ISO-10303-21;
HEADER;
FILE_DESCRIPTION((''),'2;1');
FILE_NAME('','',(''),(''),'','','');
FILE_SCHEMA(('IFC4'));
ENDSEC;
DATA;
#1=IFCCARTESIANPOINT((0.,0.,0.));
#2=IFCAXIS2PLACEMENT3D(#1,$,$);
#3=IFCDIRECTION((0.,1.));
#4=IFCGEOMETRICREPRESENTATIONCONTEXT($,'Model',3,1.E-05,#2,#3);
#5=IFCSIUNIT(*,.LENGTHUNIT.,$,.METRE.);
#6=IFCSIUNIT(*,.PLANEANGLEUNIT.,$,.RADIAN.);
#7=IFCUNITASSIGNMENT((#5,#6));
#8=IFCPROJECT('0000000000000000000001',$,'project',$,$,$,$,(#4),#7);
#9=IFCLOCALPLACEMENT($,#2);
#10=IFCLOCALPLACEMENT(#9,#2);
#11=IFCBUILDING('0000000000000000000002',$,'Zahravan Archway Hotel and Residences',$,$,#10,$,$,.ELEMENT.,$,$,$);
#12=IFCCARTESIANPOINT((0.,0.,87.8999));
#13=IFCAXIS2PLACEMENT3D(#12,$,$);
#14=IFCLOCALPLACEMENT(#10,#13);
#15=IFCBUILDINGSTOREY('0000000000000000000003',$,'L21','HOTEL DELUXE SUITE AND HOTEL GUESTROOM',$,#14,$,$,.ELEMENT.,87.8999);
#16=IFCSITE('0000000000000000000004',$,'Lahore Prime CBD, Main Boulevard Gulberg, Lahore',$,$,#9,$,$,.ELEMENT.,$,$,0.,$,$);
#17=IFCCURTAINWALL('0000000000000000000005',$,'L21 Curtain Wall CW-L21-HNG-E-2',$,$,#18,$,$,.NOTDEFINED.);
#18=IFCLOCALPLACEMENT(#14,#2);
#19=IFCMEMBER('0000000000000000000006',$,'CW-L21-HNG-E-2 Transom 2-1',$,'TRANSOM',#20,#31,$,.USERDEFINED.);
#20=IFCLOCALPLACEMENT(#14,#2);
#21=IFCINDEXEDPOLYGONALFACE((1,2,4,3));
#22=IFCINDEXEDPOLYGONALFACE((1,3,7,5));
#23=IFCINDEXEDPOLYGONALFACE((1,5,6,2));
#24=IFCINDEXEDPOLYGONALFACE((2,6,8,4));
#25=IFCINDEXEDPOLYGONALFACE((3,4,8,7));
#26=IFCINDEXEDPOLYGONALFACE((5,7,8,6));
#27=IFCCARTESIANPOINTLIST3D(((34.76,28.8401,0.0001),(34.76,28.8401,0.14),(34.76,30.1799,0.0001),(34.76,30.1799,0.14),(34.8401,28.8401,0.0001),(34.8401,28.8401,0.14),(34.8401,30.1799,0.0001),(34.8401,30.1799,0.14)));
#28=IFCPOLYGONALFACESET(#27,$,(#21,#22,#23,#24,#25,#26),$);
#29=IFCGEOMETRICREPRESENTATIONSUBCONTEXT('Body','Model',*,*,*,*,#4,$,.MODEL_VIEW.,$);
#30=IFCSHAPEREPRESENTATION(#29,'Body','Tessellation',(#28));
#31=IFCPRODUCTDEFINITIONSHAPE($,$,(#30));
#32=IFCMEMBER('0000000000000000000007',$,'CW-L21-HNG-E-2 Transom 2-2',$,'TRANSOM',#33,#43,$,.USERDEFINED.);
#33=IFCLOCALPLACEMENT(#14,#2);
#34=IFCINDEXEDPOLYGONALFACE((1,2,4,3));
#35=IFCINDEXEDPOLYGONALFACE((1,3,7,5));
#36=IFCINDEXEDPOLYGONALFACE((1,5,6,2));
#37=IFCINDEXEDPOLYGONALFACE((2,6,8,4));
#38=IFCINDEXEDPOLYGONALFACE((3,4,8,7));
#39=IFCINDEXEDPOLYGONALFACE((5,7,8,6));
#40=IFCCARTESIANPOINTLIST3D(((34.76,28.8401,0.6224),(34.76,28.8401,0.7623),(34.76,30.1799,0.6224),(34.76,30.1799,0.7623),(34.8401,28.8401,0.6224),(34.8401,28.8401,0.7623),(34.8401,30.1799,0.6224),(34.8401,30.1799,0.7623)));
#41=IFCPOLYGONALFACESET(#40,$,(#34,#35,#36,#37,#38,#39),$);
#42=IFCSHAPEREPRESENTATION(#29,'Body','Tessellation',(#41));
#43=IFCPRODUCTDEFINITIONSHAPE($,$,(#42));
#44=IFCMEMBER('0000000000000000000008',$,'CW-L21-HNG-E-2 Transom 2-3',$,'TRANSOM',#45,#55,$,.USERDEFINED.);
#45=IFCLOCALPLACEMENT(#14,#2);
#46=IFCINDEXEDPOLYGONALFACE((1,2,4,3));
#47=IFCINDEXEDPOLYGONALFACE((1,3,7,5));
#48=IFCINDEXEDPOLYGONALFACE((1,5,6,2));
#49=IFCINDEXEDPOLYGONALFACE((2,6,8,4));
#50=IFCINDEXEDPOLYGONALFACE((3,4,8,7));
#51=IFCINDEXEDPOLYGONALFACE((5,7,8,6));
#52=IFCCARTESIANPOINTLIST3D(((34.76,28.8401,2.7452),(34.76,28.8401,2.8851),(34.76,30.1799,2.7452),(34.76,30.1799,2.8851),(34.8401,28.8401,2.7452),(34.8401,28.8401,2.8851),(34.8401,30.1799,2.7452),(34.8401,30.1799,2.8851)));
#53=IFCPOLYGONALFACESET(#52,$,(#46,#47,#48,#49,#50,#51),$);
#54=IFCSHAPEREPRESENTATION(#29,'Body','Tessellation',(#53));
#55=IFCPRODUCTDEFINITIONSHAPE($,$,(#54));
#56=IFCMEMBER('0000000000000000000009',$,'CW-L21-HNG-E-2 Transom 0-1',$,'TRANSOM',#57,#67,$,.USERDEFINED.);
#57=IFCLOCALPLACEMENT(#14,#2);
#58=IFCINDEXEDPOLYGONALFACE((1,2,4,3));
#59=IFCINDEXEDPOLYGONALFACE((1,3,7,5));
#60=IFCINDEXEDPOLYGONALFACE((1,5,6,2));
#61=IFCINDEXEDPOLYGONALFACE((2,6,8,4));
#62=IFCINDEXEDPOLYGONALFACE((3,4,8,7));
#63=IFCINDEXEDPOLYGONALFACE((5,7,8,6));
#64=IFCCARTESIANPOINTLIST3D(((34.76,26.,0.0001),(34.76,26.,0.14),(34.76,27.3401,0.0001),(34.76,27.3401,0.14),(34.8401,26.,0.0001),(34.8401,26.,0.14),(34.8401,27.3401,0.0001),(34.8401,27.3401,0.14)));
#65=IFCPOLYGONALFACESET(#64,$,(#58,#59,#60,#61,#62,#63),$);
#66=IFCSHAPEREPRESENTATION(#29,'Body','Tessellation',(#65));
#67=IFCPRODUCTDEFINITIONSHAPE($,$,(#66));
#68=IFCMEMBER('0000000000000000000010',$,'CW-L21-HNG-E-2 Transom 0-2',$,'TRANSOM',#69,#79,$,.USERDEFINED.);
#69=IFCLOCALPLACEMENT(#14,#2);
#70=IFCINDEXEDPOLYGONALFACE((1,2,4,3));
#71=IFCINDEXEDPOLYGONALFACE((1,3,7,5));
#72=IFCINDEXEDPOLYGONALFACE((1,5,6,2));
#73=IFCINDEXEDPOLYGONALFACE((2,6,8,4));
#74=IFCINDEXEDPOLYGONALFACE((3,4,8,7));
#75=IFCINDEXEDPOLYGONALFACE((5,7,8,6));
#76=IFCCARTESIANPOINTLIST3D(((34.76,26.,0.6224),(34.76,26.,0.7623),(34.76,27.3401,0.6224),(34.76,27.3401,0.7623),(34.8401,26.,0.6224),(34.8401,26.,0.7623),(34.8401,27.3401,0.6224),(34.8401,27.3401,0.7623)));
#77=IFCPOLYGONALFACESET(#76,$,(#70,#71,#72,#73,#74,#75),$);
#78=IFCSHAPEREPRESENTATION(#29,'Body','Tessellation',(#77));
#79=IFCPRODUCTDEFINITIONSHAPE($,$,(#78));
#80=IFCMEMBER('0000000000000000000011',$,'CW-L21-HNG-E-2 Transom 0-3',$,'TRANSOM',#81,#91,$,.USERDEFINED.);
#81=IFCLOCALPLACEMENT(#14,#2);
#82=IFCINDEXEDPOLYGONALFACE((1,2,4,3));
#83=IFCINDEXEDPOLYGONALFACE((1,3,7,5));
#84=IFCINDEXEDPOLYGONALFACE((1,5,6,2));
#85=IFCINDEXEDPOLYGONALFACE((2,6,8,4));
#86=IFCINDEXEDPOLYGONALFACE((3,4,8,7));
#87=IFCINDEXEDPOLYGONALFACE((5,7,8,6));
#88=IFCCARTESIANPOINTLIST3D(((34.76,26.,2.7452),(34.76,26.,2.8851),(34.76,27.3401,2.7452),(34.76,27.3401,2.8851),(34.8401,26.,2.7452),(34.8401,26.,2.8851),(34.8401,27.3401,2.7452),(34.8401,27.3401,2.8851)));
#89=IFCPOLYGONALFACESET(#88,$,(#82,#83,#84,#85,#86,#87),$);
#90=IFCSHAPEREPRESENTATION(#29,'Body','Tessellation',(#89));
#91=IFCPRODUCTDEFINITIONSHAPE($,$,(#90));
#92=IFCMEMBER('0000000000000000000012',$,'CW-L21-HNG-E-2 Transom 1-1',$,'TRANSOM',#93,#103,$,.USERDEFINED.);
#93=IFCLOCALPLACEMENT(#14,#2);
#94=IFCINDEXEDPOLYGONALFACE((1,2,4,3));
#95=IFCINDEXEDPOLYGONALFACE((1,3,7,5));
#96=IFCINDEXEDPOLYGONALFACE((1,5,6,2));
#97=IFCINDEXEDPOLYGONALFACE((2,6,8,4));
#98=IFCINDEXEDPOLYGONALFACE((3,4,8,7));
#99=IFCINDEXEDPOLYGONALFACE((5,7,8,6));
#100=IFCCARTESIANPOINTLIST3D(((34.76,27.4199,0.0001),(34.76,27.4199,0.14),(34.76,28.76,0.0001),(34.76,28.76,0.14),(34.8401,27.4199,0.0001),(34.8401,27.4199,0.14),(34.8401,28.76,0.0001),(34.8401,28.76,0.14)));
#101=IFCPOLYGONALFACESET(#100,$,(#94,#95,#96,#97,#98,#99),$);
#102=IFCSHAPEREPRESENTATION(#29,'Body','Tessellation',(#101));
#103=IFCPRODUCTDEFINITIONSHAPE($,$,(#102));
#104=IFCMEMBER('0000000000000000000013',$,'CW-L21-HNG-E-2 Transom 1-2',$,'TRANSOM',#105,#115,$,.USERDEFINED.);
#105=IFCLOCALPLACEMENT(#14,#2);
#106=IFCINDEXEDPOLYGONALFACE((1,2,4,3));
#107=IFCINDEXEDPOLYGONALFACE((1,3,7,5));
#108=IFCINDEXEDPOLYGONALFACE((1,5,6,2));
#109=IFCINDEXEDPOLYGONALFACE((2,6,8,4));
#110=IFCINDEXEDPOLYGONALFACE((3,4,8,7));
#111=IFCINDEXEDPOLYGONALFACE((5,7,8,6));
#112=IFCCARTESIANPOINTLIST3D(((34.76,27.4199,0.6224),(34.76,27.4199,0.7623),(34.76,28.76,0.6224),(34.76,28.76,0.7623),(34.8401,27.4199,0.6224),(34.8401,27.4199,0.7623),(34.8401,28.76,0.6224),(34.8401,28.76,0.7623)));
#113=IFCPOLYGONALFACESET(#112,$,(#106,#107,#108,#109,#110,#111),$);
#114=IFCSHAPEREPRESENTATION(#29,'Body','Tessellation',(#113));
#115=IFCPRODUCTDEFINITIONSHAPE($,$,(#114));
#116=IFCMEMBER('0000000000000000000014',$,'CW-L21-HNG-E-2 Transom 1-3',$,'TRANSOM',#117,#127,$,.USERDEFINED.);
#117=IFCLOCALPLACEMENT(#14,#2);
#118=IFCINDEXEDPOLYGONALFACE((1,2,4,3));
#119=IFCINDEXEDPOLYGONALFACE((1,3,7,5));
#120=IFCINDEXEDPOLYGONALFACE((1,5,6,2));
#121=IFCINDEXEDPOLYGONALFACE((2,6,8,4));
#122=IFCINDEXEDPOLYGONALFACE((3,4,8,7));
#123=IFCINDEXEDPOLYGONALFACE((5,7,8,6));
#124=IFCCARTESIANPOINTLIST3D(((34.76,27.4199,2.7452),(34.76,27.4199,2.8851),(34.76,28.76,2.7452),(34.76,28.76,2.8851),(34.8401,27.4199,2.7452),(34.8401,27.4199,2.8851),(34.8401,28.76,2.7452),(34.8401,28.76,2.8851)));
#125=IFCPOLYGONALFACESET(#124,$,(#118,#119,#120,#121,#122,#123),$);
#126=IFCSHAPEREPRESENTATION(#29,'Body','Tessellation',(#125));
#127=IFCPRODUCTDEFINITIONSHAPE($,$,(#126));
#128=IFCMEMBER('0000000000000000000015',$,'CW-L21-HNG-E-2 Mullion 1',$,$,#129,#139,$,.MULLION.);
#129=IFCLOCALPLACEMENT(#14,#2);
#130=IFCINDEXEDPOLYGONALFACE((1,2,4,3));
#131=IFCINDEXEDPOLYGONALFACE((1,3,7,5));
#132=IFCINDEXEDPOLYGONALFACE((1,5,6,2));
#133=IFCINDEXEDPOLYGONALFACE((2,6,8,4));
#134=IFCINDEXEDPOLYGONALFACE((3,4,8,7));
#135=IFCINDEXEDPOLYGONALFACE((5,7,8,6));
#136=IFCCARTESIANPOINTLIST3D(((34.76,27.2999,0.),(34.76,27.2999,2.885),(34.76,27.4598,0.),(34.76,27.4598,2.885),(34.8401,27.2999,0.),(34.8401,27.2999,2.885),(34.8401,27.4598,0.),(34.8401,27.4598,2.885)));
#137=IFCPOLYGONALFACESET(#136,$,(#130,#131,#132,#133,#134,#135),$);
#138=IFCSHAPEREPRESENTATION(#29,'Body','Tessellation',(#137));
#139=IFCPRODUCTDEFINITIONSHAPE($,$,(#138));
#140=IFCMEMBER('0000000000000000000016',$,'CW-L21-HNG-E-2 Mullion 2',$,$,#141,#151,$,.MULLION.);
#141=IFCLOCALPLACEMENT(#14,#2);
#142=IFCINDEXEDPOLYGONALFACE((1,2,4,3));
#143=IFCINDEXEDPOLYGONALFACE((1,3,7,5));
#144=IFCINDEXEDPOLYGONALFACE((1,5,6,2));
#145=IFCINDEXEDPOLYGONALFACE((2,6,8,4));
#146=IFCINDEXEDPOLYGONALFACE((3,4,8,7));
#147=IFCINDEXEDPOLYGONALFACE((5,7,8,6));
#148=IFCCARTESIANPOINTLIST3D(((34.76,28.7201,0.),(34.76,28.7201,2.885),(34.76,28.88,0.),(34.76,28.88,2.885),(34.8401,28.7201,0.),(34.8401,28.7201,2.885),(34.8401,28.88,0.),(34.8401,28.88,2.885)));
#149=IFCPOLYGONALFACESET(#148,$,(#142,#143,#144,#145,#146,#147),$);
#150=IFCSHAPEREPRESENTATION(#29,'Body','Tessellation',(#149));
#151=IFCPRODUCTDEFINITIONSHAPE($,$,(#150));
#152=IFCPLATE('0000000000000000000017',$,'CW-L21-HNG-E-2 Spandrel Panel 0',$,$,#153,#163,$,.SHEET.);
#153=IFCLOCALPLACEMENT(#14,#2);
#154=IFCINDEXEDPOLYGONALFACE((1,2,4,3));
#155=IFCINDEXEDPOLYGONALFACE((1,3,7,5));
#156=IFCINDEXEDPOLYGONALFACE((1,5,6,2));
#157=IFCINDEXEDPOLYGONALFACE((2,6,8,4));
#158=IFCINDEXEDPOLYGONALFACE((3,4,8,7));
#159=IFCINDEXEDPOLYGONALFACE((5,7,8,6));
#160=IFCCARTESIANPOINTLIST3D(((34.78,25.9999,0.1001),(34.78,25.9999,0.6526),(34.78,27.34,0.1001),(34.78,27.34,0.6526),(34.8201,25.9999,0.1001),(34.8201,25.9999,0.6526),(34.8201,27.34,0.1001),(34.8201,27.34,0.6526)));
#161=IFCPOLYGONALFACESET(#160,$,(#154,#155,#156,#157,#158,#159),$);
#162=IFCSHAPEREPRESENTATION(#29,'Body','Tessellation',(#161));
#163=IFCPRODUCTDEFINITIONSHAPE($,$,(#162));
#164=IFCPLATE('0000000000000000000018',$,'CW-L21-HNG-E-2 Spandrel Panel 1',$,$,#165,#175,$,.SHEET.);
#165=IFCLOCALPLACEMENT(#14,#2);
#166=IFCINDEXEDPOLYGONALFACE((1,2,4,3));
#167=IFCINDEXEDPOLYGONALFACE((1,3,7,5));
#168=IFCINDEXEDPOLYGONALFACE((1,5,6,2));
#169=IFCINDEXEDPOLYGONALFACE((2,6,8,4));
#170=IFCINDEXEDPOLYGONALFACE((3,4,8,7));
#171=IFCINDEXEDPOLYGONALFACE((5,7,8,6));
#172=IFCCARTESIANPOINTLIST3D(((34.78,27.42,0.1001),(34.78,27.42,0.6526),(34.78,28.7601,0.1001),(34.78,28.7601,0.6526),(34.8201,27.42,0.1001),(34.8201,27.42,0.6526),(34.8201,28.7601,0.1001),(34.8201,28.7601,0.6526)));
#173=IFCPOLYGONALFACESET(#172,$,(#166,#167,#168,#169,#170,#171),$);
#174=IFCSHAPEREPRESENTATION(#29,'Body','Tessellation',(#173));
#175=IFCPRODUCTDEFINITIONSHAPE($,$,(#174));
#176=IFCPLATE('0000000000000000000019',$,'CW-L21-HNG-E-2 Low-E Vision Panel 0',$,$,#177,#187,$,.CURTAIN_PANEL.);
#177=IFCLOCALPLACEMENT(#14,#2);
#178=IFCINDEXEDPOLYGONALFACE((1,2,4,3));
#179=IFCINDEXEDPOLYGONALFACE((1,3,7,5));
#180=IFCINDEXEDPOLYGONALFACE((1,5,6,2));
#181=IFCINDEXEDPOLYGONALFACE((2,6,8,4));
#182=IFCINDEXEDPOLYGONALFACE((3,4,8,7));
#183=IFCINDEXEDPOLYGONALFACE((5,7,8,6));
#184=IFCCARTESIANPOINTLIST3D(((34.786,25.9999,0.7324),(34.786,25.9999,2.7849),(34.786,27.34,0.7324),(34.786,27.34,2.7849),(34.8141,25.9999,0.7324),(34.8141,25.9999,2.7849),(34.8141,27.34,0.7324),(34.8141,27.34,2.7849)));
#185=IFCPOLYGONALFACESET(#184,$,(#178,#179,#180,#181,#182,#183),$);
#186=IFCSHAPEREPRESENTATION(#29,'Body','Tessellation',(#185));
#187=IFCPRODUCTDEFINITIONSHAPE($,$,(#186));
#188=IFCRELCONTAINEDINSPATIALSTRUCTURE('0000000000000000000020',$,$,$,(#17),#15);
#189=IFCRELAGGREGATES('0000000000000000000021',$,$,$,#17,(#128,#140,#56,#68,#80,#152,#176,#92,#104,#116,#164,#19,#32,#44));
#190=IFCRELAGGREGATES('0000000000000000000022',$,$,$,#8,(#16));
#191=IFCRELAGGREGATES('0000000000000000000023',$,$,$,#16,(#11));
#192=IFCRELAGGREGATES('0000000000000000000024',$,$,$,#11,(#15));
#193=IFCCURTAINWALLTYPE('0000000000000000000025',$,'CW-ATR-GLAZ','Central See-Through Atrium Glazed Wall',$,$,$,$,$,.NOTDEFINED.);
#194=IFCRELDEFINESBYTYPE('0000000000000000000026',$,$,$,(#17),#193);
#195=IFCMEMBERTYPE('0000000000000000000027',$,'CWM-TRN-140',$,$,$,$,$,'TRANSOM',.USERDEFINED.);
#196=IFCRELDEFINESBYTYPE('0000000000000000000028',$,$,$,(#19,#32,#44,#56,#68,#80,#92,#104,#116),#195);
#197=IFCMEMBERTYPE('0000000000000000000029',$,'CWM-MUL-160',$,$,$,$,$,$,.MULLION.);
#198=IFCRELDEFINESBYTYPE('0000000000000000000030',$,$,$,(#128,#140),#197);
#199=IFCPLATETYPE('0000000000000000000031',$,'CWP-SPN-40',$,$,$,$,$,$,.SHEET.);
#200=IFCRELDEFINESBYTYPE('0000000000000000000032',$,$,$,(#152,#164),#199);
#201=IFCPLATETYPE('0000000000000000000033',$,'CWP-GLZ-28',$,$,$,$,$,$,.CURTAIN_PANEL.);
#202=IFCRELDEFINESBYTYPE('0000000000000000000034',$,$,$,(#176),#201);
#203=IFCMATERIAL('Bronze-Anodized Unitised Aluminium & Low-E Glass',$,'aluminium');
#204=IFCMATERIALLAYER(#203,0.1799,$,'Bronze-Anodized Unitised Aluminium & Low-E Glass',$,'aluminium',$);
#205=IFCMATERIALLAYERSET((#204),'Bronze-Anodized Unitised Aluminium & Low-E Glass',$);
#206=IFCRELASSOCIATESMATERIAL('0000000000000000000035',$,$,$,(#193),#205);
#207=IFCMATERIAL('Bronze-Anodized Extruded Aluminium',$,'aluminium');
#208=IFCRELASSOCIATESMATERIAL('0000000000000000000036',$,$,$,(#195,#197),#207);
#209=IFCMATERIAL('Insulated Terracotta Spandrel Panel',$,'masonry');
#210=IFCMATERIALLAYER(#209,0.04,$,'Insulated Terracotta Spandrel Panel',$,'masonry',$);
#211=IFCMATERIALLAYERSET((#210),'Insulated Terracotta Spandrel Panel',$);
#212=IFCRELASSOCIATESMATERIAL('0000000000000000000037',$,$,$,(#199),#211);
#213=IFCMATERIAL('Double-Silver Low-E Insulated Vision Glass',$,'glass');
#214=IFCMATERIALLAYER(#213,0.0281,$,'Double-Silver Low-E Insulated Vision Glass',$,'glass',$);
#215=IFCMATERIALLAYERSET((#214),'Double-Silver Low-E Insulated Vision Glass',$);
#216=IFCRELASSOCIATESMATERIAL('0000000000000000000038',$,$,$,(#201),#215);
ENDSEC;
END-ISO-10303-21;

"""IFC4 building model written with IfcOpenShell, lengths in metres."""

from ifc_helpers import new_model, si_unit, direction, frame, origin, origin_2d, place, context, subcontext, project, spatial, rectangle, extrude, source, transform, mapped, material, layer, layer_set, material_profile, profile_set, type_object, element, aggregate, save


model = new_model("IFC4")

# Units and contexts
model_context = context("Model", 3, precision=1e-05, world=origin(), true_north=direction((0.0, 1.0)))
body_context = subcontext(model_context, "Body", "Model", "MODEL_VIEW")
ifc_project = project(units=[si_unit("LENGTHUNIT", "METRE"), si_unit("PLANEANGLEUNIT", "RADIAN")], contexts=[model_context])

# Site, building, storey
site_placement = place(None, origin())
site = spatial("IfcSite", under=ifc_project, at=site_placement, Name="Lahore Prime CBD, Main Boulevard Gulberg, Lahore", CompositionType="ELEMENT", RefElevation=0.0)
building_placement = place(site_placement, origin())
building = spatial("IfcBuilding", under=site, at=building_placement, Name="Zahravan Archway Hotel and Residences", CompositionType="ELEMENT")
storey_placement = place(building_placement, frame((0.0, 0.0, 87.8999)))
storey = spatial("IfcBuildingStorey", under=building, at=storey_placement, Name="L21", Description="HOTEL DELUXE SUITE AND HOTEL GUESTROOM", CompositionType="ELEMENT", Elevation=87.8999)

# Curtain wall, members, plates
ifc_material_1 = material(Name="Bronze-Anodized Unitised Aluminium & Low-E Glass", Category="aluminium")
ifc_layer_1 = layer(ifc_material_1, 0.1799, Name="Bronze-Anodized Unitised Aluminium & Low-E Glass", Category="aluminium")
ifc_layer_set_1 = layer_set([ifc_layer_1], Name="Bronze-Anodized Unitised Aluminium & Low-E Glass")
curtain_wall_type = type_object("IfcCurtainWallType", Name="CW-ATR-GLAZ", Description="Central See-Through Atrium Glazed Wall", PredefinedType="NOTDEFINED", material=ifc_layer_set_1)
curtain_wall_placement = place(storey_placement, origin())
curtain_wall = element("IfcCurtainWall", 1, at=curtain_wall_placement, inside=storey, type_object=curtain_wall_type, Name="L21 Curtain Wall CW-L21-HNG-E-2", PredefinedType="NOTDEFINED")
ifc_material_2 = material(Name="Bronze-Anodized Extruded Aluminium", Category="aluminium")
ifc_material_profile_1 = material_profile(ifc_material_2, rectangle(XDim=0.0801, YDim=0.1399, at=origin_2d()), Name="TRN 80x140", Category="aluminium")
ifc_profile_set_1 = profile_set([ifc_material_profile_1], Name="Bronze-Anodized Extruded Aluminium")
member_type_1 = type_object("IfcMemberType", Name="CWM-TRN-140", ElementType="TRANSOM", PredefinedType="USERDEFINED", material=ifc_profile_set_1)
shared_shape_1 = source(origin(), body_context, "Body", "SweptSolid", [
    extrude(rectangle(XDim=0.0801, YDim=0.1399, at=origin_2d()), origin(), (0.0, 0.0, 1.0), 1.3398),
])
member_1_placement = place(storey_placement, frame((34.8, 28.8401, 0.0701), z_axis=(0.0, 1.0, 0.0), x_axis=(-1.0, 0.0, 0.0)))
member_1 = element("IfcMember", 2, at=member_1_placement, type_object=member_type_1, Name="CW-L21-HNG-E-2 Transom 2-1", ObjectType="TRANSOM", PredefinedType="USERDEFINED", context=body_context, shape_type="MappedRepresentation", body=[
    mapped(shared_shape_1, transform((0.0, 0.0, 0.0), scale=1.0)),
])
member_2_placement = place(storey_placement, frame((34.8, 28.8401, 0.6924), z_axis=(0.0, 1.0, 0.0), x_axis=(-1.0, 0.0, 0.0)))
member_2 = element("IfcMember", 3, at=member_2_placement, type_object=member_type_1, Name="CW-L21-HNG-E-2 Transom 2-2", ObjectType="TRANSOM", PredefinedType="USERDEFINED", context=body_context, shape_type="MappedRepresentation", body=[
    mapped(shared_shape_1, transform((0.0, 0.0, 0.0), scale=1.0)),
])
member_3_placement = place(storey_placement, frame((34.8, 28.8401, 2.8152), z_axis=(0.0, 1.0, 0.0), x_axis=(-1.0, 0.0, 0.0)))
member_3 = element("IfcMember", 4, at=member_3_placement, type_object=member_type_1, Name="CW-L21-HNG-E-2 Transom 2-3", ObjectType="TRANSOM", PredefinedType="USERDEFINED", context=body_context, shape_type="MappedRepresentation", body=[
    mapped(shared_shape_1, transform((0.0, 0.0, 0.0), scale=1.0)),
])
shared_shape_2 = source(origin(), body_context, "Body", "SweptSolid", [
    extrude(rectangle(XDim=0.0801, YDim=0.1399, at=origin_2d()), origin(), (0.0, 0.0, 1.0), 1.3401),
])
member_4_placement = place(storey_placement, frame((34.8, 26.0, 0.0701), z_axis=(0.0, 1.0, 0.0), x_axis=(-1.0, 0.0, 0.0)))
member_4 = element("IfcMember", 5, at=member_4_placement, type_object=member_type_1, Name="CW-L21-HNG-E-2 Transom 0-1", ObjectType="TRANSOM", PredefinedType="USERDEFINED", context=body_context, shape_type="MappedRepresentation", body=[
    mapped(shared_shape_2, transform((0.0, 0.0, 0.0), scale=1.0)),
])
member_5_placement = place(storey_placement, frame((34.8, 26.0, 0.6924), z_axis=(0.0, 1.0, 0.0), x_axis=(-1.0, 0.0, 0.0)))
member_5 = element("IfcMember", 6, at=member_5_placement, type_object=member_type_1, Name="CW-L21-HNG-E-2 Transom 0-2", ObjectType="TRANSOM", PredefinedType="USERDEFINED", context=body_context, shape_type="MappedRepresentation", body=[
    mapped(shared_shape_2, transform((0.0, 0.0, 0.0), scale=1.0)),
])
member_6_placement = place(storey_placement, frame((34.8, 26.0, 2.8152), z_axis=(0.0, 1.0, 0.0), x_axis=(-1.0, 0.0, 0.0)))
member_6 = element("IfcMember", 7, at=member_6_placement, type_object=member_type_1, Name="CW-L21-HNG-E-2 Transom 0-3", ObjectType="TRANSOM", PredefinedType="USERDEFINED", context=body_context, shape_type="MappedRepresentation", body=[
    mapped(shared_shape_2, transform((0.0, 0.0, 0.0), scale=1.0)),
])
member_7_placement = place(storey_placement, frame((34.8, 27.4199, 0.0701), z_axis=(0.0, 1.0, 0.0), x_axis=(-1.0, 0.0, 0.0)))
member_7 = element("IfcMember", 8, at=member_7_placement, type_object=member_type_1, Name="CW-L21-HNG-E-2 Transom 1-1", ObjectType="TRANSOM", PredefinedType="USERDEFINED", context=body_context, shape_type="MappedRepresentation", body=[
    mapped(shared_shape_2, transform((0.0, 0.0, 0.0), scale=1.0)),
])
member_8_placement = place(storey_placement, frame((34.8, 27.4199, 0.6924), z_axis=(0.0, 1.0, 0.0), x_axis=(-1.0, 0.0, 0.0)))
member_8 = element("IfcMember", 9, at=member_8_placement, type_object=member_type_1, Name="CW-L21-HNG-E-2 Transom 1-2", ObjectType="TRANSOM", PredefinedType="USERDEFINED", context=body_context, shape_type="MappedRepresentation", body=[
    mapped(shared_shape_2, transform((0.0, 0.0, 0.0), scale=1.0)),
])
member_9_placement = place(storey_placement, frame((34.8, 27.4199, 2.8152), z_axis=(0.0, 1.0, 0.0), x_axis=(-1.0, 0.0, 0.0)))
member_9 = element("IfcMember", 10, at=member_9_placement, type_object=member_type_1, Name="CW-L21-HNG-E-2 Transom 1-3", ObjectType="TRANSOM", PredefinedType="USERDEFINED", context=body_context, shape_type="MappedRepresentation", body=[
    mapped(shared_shape_2, transform((0.0, 0.0, 0.0), scale=1.0)),
])
ifc_material_profile_2 = material_profile(ifc_material_2, rectangle(XDim=0.0801, YDim=0.1599, at=origin_2d()), Name="MUL 80x160", Category="aluminium")
ifc_profile_set_2 = profile_set([ifc_material_profile_2], Name="Bronze-Anodized Extruded Aluminium")
member_type_2 = type_object("IfcMemberType", Name="CWM-MUL-160", PredefinedType="MULLION", material=ifc_profile_set_2)
shared_shape_3 = source(origin(), body_context, "Body", "SweptSolid", [
    extrude(rectangle(XDim=0.0801, YDim=0.1599, at=origin_2d()), origin(), (0.0, 0.0, 1.0), 2.885),
])
member_10_placement = place(storey_placement, frame((34.8, 27.3799, 0.0), z_axis=(0.0, 0.0, 1.0), x_axis=(1.0, 0.0, 0.0)))
member_10 = element("IfcMember", 11, at=member_10_placement, type_object=member_type_2, Name="CW-L21-HNG-E-2 Mullion 1", PredefinedType="MULLION", context=body_context, shape_type="MappedRepresentation", body=[
    mapped(shared_shape_3, transform((0.0, 0.0, 0.0), scale=1.0)),
])
member_11_placement = place(storey_placement, frame((34.8, 28.8, 0.0), z_axis=(0.0, 0.0, 1.0), x_axis=(1.0, 0.0, 0.0)))
member_11 = element("IfcMember", 12, at=member_11_placement, type_object=member_type_2, Name="CW-L21-HNG-E-2 Mullion 2", PredefinedType="MULLION", context=body_context, shape_type="MappedRepresentation", body=[
    mapped(shared_shape_3, transform((0.0, 0.0, 0.0), scale=1.0)),
])
ifc_material_3 = material(Name="Insulated Terracotta Spandrel Panel", Category="masonry")
ifc_layer_2 = layer(ifc_material_3, 0.04, Name="Insulated Terracotta Spandrel Panel", Category="masonry")
ifc_layer_set_2 = layer_set([ifc_layer_2], Name="Insulated Terracotta Spandrel Panel")
plate_type_1 = type_object("IfcPlateType", Name="CWP-SPN-40", PredefinedType="SHEET", material=ifc_layer_set_2)
shared_shape_4 = source(origin(), body_context, "Body", "SweptSolid", [
    extrude(rectangle(XDim=1.3401, YDim=0.04, at=origin_2d()), origin(), (0.0, 0.0, 1.0), 0.5525),
])
plate_1_placement = place(storey_placement, frame((34.8, 26.6699, 0.1001), z_axis=(0.0, 0.0, 1.0), x_axis=(0.0, 1.0, 0.0)))
plate_1 = element("IfcPlate", 13, at=plate_1_placement, type_object=plate_type_1, Name="CW-L21-HNG-E-2 Spandrel Panel 0", PredefinedType="SHEET", context=body_context, shape_type="MappedRepresentation", body=[
    mapped(shared_shape_4, transform((0.0, 0.0, 0.0), scale=1.0)),
])
plate_2_placement = place(storey_placement, frame((34.8, 28.0901, 0.1001), z_axis=(0.0, 0.0, 1.0), x_axis=(0.0, 1.0, 0.0)))
plate_2 = element("IfcPlate", 14, at=plate_2_placement, type_object=plate_type_1, Name="CW-L21-HNG-E-2 Spandrel Panel 1", PredefinedType="SHEET", context=body_context, shape_type="MappedRepresentation", body=[
    mapped(shared_shape_4, transform((0.0, 0.0, 0.0), scale=1.0)),
])
ifc_material_4 = material(Name="Double-Silver Low-E Insulated Vision Glass", Category="glass")
ifc_layer_3 = layer(ifc_material_4, 0.0281, Name="Double-Silver Low-E Insulated Vision Glass", Category="glass")
ifc_layer_set_3 = layer_set([ifc_layer_3], Name="Double-Silver Low-E Insulated Vision Glass")
plate_type_2 = type_object("IfcPlateType", Name="CWP-GLZ-28", PredefinedType="CURTAIN_PANEL", material=ifc_layer_set_3)
shared_shape_5 = source(origin(), body_context, "Body", "SweptSolid", [
    extrude(rectangle(XDim=1.3401, YDim=0.0281, at=origin_2d()), origin(), (0.0, 0.0, 1.0), 2.0525),
])
plate_3_placement = place(storey_placement, frame((34.8, 26.6699, 0.7324), z_axis=(0.0, 0.0, 1.0), x_axis=(0.0, 1.0, 0.0)))
plate_3 = element("IfcPlate", 15, at=plate_3_placement, type_object=plate_type_2, Name="CW-L21-HNG-E-2 Low-E Vision Panel 0", PredefinedType="CURTAIN_PANEL", context=body_context, shape_type="MappedRepresentation", body=[
    mapped(shared_shape_5, transform((0.0, 0.0, 0.0), scale=1.0)),
])
aggregate(curtain_wall, [member_10, member_11, member_4, member_5, member_6, plate_1, plate_3, member_7, member_8, member_9, plate_2, member_1, member_2, member_3])

save(model, "model.ifc")
